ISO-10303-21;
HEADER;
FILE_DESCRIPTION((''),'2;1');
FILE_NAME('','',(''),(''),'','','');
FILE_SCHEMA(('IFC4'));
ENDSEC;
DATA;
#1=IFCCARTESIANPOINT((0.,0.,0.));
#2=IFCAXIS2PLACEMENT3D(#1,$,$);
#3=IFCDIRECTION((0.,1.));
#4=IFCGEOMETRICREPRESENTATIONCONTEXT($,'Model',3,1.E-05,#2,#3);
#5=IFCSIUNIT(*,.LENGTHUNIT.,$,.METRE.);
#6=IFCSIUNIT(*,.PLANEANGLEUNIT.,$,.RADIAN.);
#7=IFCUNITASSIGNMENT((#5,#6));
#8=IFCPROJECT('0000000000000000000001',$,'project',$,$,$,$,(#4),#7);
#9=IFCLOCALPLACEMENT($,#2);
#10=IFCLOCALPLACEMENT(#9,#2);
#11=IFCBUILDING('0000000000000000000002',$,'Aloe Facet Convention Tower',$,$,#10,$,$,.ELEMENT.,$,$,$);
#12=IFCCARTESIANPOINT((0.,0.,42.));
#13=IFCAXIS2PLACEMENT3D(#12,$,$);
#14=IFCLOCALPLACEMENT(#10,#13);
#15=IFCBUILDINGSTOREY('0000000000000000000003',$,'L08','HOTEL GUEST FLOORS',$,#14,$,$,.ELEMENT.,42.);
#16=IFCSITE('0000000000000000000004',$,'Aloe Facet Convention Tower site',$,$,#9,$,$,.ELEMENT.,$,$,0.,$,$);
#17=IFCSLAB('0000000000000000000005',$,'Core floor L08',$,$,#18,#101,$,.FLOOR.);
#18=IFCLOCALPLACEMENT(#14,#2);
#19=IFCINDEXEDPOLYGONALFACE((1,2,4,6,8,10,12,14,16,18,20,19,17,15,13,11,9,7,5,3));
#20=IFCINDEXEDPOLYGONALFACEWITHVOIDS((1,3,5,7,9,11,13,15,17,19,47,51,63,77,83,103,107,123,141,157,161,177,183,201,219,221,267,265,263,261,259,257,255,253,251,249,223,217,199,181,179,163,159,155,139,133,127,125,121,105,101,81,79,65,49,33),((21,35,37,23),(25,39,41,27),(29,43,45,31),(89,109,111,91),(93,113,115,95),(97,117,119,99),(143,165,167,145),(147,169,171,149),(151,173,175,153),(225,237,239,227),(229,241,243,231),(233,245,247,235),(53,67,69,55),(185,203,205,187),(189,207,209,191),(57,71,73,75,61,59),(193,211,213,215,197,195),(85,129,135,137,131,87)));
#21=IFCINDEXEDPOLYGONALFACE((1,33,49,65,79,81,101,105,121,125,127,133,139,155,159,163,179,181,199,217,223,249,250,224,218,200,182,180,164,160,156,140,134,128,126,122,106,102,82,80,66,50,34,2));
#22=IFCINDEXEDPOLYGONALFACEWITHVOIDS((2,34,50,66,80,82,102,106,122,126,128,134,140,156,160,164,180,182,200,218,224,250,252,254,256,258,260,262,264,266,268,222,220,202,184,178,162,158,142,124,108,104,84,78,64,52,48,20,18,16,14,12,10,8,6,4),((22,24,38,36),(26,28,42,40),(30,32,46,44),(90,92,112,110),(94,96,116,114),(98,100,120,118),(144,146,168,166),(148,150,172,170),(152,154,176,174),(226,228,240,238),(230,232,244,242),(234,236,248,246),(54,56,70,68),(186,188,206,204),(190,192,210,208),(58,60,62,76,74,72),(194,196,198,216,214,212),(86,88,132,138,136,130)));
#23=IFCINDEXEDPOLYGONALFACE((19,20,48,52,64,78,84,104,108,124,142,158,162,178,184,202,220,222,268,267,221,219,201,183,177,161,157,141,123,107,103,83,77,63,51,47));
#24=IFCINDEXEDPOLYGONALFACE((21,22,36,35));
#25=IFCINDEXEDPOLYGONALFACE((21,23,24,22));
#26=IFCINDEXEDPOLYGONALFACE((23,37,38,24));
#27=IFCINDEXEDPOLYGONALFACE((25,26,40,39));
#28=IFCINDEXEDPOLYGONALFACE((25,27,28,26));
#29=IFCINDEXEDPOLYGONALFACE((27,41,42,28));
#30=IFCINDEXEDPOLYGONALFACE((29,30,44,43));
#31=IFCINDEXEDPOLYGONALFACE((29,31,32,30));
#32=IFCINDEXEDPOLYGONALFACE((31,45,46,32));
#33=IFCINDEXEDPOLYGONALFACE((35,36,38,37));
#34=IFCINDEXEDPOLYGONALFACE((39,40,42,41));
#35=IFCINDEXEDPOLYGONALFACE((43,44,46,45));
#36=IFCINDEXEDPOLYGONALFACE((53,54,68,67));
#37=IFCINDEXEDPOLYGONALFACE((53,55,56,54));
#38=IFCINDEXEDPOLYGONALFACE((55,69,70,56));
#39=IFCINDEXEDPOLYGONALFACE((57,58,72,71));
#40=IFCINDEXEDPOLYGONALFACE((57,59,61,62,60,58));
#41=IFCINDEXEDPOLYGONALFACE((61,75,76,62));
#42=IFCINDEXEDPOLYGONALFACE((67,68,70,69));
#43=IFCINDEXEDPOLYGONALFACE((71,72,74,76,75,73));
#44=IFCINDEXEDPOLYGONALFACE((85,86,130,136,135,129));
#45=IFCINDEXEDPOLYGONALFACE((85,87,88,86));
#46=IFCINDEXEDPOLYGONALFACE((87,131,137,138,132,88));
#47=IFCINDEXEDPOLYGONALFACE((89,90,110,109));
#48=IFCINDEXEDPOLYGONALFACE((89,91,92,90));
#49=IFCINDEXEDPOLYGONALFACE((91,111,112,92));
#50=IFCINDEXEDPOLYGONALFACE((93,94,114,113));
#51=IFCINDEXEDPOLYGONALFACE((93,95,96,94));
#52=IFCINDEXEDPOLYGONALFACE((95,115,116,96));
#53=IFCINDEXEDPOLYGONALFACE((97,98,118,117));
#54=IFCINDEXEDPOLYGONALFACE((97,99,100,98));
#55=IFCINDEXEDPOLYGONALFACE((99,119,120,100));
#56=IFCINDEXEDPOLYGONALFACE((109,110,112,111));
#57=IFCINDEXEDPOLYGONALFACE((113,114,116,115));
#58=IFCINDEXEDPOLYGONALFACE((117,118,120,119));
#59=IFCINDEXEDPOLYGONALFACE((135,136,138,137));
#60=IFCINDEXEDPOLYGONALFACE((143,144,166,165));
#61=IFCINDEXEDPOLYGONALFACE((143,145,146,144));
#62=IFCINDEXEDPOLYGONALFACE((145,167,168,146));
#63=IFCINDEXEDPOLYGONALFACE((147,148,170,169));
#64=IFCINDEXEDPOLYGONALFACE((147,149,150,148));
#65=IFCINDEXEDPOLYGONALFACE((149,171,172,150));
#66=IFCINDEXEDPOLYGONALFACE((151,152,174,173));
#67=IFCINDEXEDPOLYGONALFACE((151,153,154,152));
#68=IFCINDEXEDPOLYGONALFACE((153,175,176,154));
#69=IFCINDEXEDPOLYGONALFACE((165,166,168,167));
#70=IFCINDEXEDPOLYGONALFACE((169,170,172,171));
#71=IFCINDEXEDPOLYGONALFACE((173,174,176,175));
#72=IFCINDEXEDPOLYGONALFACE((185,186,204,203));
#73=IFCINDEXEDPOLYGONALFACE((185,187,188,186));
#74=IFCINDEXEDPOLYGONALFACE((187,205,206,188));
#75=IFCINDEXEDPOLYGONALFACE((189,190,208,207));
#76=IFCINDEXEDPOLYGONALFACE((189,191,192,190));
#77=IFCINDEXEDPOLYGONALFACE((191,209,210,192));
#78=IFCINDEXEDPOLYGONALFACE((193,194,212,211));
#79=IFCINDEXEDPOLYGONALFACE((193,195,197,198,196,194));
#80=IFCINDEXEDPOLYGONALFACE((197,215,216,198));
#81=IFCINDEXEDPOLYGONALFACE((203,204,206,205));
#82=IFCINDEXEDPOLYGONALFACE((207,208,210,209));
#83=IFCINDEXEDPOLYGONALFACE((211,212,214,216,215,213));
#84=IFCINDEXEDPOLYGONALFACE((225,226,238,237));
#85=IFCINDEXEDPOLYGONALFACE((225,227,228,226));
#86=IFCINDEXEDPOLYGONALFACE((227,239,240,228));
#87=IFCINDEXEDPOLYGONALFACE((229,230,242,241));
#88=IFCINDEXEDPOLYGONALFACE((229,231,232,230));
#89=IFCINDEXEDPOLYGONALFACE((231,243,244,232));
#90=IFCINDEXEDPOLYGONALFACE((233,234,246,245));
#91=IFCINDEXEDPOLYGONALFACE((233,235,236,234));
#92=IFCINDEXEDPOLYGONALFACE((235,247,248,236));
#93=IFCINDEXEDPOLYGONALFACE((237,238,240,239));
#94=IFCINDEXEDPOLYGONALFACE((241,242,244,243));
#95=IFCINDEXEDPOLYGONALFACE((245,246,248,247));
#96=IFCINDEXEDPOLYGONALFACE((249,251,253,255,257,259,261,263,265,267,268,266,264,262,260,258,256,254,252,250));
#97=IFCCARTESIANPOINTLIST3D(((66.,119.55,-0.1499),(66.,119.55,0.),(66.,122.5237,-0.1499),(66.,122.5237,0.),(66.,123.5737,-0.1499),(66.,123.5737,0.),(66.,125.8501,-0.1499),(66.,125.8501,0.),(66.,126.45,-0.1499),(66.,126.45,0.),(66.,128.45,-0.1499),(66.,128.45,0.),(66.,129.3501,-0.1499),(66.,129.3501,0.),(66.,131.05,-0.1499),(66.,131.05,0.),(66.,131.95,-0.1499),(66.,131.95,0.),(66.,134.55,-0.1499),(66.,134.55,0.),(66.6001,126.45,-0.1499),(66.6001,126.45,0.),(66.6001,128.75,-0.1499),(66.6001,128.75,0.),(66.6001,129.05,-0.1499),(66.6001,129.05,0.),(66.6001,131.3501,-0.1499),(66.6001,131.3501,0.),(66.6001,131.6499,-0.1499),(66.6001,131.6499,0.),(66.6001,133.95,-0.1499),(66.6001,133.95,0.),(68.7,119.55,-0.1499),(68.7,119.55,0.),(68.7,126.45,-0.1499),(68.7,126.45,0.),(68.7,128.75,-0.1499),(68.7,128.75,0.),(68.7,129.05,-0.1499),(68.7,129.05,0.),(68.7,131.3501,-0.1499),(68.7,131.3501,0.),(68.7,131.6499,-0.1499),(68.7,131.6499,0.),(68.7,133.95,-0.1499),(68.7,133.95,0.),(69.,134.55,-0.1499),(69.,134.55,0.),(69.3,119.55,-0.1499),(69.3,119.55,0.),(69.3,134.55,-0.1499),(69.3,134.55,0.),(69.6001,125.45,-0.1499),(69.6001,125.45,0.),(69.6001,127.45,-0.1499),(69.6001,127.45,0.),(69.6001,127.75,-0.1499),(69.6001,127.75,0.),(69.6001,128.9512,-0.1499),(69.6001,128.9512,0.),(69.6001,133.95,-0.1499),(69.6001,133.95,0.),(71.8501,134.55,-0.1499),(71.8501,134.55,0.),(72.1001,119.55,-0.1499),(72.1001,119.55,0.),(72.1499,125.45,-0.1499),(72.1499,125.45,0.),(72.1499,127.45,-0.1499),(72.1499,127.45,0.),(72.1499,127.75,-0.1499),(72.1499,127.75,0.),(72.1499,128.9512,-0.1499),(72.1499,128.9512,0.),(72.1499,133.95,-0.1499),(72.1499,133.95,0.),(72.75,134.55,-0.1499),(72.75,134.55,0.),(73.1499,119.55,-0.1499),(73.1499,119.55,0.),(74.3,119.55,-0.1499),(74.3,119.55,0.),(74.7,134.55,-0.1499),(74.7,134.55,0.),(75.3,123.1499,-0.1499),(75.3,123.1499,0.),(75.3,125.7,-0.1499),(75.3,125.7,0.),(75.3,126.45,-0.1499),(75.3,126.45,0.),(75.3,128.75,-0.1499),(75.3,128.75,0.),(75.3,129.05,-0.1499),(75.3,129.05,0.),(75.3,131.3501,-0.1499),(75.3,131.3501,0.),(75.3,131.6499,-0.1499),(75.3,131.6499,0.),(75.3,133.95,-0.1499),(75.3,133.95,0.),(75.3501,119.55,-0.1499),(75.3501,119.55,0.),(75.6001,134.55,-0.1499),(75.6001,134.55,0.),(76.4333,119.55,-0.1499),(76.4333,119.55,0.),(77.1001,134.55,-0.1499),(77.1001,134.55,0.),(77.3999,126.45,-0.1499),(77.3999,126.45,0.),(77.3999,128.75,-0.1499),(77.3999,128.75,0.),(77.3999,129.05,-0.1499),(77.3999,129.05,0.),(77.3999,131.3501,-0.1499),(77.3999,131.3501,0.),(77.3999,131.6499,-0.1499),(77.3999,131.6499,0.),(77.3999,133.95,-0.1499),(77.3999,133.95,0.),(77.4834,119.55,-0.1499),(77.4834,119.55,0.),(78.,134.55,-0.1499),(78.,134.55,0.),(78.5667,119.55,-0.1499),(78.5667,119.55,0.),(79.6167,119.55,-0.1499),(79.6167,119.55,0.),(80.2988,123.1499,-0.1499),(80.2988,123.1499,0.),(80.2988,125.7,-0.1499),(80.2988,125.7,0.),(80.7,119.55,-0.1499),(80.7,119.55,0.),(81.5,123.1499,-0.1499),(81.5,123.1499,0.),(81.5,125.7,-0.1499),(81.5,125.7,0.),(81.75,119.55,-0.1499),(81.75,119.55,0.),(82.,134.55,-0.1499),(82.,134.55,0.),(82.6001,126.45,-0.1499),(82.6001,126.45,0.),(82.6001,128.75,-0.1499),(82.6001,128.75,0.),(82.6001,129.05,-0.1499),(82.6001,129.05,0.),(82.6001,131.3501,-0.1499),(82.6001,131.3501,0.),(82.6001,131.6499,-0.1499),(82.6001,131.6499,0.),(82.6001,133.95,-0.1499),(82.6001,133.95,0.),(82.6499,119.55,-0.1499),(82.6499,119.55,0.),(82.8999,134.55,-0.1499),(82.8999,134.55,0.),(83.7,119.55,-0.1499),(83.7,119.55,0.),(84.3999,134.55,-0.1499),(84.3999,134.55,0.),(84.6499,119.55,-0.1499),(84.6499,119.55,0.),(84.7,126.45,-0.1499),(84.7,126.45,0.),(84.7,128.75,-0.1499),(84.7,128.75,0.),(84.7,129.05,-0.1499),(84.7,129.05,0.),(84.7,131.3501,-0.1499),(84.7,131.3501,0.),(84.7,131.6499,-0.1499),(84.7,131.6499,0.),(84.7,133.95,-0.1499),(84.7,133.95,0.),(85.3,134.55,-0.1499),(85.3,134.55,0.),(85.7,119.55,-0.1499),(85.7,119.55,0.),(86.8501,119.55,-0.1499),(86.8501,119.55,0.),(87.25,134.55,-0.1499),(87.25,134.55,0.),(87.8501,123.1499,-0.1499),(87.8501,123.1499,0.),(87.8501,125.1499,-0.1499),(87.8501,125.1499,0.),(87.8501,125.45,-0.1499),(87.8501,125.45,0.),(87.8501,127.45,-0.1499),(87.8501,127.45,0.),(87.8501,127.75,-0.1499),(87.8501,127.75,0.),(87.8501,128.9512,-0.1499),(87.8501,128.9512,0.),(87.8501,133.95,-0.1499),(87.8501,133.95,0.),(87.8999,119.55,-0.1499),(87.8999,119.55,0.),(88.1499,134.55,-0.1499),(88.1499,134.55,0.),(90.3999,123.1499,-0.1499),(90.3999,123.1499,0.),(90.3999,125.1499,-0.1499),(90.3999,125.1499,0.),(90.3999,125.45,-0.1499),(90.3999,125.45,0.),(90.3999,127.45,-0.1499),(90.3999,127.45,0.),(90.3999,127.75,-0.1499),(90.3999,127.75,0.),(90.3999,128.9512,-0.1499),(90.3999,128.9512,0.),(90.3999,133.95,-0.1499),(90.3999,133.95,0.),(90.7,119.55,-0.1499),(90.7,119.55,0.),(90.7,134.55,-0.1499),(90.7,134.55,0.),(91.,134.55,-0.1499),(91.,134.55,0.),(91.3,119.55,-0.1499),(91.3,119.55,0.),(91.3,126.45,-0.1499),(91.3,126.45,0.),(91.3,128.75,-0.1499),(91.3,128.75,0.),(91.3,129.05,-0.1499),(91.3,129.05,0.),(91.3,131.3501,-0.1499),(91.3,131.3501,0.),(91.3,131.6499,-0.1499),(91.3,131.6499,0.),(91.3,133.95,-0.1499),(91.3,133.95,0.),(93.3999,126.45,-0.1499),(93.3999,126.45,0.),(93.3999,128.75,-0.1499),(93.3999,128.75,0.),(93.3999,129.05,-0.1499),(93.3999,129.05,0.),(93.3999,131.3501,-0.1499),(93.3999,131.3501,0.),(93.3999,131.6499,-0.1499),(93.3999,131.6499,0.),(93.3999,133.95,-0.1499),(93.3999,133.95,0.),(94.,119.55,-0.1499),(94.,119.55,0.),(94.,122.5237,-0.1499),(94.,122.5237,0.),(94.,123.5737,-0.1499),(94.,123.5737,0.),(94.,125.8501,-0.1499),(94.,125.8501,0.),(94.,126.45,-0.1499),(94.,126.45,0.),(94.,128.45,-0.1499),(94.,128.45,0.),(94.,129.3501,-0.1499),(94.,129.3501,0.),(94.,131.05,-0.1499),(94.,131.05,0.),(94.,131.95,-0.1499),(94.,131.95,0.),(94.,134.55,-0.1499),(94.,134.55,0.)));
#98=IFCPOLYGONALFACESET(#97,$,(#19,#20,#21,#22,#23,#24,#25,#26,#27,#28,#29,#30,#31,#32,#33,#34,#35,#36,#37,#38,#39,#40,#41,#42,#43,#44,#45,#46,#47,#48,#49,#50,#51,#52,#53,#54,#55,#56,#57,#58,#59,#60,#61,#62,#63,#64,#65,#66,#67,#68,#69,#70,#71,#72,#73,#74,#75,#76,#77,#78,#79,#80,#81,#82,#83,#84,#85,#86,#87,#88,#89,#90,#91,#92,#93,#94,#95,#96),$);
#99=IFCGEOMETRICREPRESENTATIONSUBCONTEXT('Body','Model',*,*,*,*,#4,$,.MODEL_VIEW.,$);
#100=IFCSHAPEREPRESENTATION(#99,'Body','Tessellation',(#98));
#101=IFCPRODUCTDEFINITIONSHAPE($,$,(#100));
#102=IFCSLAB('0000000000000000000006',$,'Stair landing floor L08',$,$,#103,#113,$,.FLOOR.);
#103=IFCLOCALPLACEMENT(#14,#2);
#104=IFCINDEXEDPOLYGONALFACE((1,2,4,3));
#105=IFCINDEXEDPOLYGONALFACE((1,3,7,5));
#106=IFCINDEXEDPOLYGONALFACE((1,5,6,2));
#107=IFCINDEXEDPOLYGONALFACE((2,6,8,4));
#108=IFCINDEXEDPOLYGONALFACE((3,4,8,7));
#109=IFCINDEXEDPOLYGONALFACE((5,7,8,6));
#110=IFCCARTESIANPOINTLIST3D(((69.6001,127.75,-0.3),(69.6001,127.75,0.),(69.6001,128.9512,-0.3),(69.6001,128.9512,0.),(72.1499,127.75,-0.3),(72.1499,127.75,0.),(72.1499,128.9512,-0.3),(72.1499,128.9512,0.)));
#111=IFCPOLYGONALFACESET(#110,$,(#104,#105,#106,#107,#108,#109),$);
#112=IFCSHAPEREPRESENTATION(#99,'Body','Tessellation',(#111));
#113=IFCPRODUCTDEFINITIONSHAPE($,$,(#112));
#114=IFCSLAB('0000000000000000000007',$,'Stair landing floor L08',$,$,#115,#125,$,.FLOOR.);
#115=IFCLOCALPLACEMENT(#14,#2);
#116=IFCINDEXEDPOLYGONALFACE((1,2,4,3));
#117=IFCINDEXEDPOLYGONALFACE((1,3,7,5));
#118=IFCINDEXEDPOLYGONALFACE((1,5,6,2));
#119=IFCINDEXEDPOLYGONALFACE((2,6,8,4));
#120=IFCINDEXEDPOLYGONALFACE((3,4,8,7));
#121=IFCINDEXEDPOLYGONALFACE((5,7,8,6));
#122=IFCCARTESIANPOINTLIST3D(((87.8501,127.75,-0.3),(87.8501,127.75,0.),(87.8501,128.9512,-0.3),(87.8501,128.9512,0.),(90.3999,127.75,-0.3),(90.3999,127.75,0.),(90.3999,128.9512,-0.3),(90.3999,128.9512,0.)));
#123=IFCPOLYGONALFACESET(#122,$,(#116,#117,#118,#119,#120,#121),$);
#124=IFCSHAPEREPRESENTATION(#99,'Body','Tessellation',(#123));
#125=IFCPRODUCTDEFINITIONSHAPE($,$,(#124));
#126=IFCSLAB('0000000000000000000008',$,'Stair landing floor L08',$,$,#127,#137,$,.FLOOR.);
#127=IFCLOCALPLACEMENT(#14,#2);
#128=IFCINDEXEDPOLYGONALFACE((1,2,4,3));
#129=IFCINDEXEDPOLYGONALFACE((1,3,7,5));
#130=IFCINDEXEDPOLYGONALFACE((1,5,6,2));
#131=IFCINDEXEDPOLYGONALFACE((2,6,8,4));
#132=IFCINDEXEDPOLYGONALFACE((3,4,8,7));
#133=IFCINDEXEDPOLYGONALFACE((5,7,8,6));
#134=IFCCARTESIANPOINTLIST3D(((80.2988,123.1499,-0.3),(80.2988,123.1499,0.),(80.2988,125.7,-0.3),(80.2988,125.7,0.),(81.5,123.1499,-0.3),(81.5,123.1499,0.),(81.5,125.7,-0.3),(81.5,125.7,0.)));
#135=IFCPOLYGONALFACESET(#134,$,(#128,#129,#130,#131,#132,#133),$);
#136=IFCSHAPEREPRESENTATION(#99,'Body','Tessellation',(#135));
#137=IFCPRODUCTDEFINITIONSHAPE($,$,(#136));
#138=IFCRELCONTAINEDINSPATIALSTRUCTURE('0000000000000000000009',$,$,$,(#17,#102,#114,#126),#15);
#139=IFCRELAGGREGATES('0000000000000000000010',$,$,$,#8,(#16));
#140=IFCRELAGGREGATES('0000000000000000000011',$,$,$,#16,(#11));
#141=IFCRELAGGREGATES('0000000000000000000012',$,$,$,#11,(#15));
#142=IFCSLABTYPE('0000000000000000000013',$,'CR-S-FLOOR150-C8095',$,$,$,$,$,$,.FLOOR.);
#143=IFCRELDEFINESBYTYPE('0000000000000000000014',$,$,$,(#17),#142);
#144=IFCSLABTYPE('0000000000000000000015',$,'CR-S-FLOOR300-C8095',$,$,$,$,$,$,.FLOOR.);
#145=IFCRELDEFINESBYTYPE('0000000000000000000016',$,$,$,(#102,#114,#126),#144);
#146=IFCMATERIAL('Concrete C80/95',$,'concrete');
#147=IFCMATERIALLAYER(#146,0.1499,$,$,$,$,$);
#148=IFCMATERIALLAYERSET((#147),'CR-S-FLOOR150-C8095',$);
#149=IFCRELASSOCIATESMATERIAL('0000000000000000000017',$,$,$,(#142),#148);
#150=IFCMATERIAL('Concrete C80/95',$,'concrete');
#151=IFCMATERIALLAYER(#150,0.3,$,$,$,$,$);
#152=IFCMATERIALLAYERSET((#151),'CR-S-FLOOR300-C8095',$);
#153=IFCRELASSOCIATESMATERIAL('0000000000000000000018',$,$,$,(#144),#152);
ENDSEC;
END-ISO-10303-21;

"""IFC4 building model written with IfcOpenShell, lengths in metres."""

from ifc_helpers import new_model, si_unit, direction, frame, origin, place, context, subcontext, project, spatial, polyline, outline, extrude, material, layer, layer_set, type_object, element, save


model = new_model("IFC4")

# Units and contexts
model_context = context("Model", 3, precision=1e-05, world=origin(), true_north=direction((0.0, 1.0)))
body_context = subcontext(model_context, "Body", "Model", "MODEL_VIEW")
ifc_project = project(units=[si_unit("LENGTHUNIT", "METRE"), si_unit("PLANEANGLEUNIT", "RADIAN")], contexts=[model_context])

# Site, building, storey
site_placement = place(None, origin())
site = spatial("IfcSite", under=ifc_project, at=site_placement, Name="Aloe Facet Convention Tower site", CompositionType="ELEMENT", RefElevation=0.0)
building_placement = place(site_placement, origin())
building = spatial("IfcBuilding", under=site, at=building_placement, Name="Aloe Facet Convention Tower", CompositionType="ELEMENT")
storey_placement = place(building_placement, frame((0.0, 0.0, 42.0)))
storey = spatial("IfcBuildingStorey", under=building, at=storey_placement, Name="L08", Description="HOTEL GUEST FLOORS", CompositionType="ELEMENT", Elevation=42.0)

# Slabs
ifc_material_1 = material(Name="Concrete C80/95", Category="concrete")
ifc_layer_1 = layer(ifc_material_1, 0.1499)
ifc_layer_set_1 = layer_set([ifc_layer_1], Name="CR-S-FLOOR150-C8095")
slab_type_1 = type_object("IfcSlabType", Name="CR-S-FLOOR150-C8095", PredefinedType="FLOOR", material=ifc_layer_set_1)
slab_1_placement = place(storey_placement, frame((0.0, 0.0, -0.1499)))
element("IfcSlab", 1, at=slab_1_placement, inside=storey, type_object=slab_type_1, Name="Core floor L08", PredefinedType="FLOOR", context=body_context, shape_type="SweptSolid", body=[
    extrude(outline(polyline([(69.3, 134.55), (71.8501, 134.55), (72.75, 134.55), (74.7, 134.55), (75.6001, 134.55), (77.1001, 134.55), (78.0, 134.55), (82.0, 134.55), (82.8999, 134.55), (84.3999, 134.55), (85.3, 134.55), (87.25, 134.55), (88.1499, 134.55), (90.7, 134.55), (91.0, 134.55), (94.0, 134.55), (94.0, 131.95), (94.0, 131.05), (94.0, 129.3501), (94.0, 128.45), (94.0, 126.45), (94.0, 125.8501), (94.0, 123.5737), (94.0, 122.5237), (94.0, 119.55), (91.3, 119.55), (90.7, 119.55), (87.8999, 119.55), (86.8501, 119.55), (85.7, 119.55), (84.6499, 119.55), (83.7, 119.55), (82.6499, 119.55), (81.75, 119.55), (80.7, 119.55), (79.6167, 119.55), (78.5667, 119.55), (77.4834, 119.55), (76.4333, 119.55), (75.3501, 119.55), (74.3, 119.55), (73.1499, 119.55), (72.1001, 119.55), (69.3, 119.55), (68.7, 119.55), (66.0, 119.55), (66.0, 122.5237), (66.0, 123.5737), (66.0, 125.8501), (66.0, 126.45), (66.0, 128.45), (66.0, 129.3501), (66.0, 131.05), (66.0, 131.95), (66.0, 134.55), (69.0, 134.55), (69.3, 134.55)]), holes=[polyline([(75.3, 123.1499), (80.2988, 123.1499), (81.5, 123.1499), (81.5, 125.7), (80.2988, 125.7), (75.3, 125.7), (75.3, 123.1499)]), polyline([(69.6001, 125.45), (72.1499, 125.45), (72.1499, 127.45), (69.6001, 127.45), (69.6001, 125.45)]), polyline([(66.6001, 126.45), (68.7, 126.45), (68.7, 128.75), (66.6001, 128.75), (66.6001, 126.45)]), polyline([(75.3, 126.45), (77.3999, 126.45), (77.3999, 128.75), (75.3, 128.75), (75.3, 126.45)]), polyline([(66.6001, 129.05), (68.7, 129.05), (68.7, 131.3501), (66.6001, 131.3501), (66.6001, 129.05)]), polyline([(75.3, 129.05), (77.3999, 129.05), (77.3999, 131.3501), (75.3, 131.3501), (75.3, 129.05)]), polyline([(69.6001, 133.95), (69.6001, 128.9512), (69.6001, 127.75), (72.1499, 127.75), (72.1499, 128.9512), (72.1499, 133.95), (69.6001, 133.95)]), polyline([(66.6001, 133.95), (66.6001, 131.6499), (68.7, 131.6499), (68.7, 133.95), (66.6001, 133.95)]), polyline([(75.3, 133.95), (75.3, 131.6499), (77.3999, 131.6499), (77.3999, 133.95), (75.3, 133.95)]), polyline([(87.8501, 123.1499), (90.3999, 123.1499), (90.3999, 125.1499), (87.8501, 125.1499), (87.8501, 123.1499)]), polyline([(87.8501, 125.45), (90.3999, 125.45), (90.3999, 127.45), (87.8501, 127.45), (87.8501, 125.45)]), polyline([(82.6001, 126.45), (84.7, 126.45), (84.7, 128.75), (82.6001, 128.75), (82.6001, 126.45)]), polyline([(91.3, 126.45), (93.3999, 126.45), (93.3999, 128.75), (91.3, 128.75), (91.3, 126.45)]), polyline([(82.6001, 129.05), (84.7, 129.05), (84.7, 131.3501), (82.6001, 131.3501), (82.6001, 129.05)]), polyline([(91.3, 129.05), (93.3999, 129.05), (93.3999, 131.3501), (91.3, 131.3501), (91.3, 129.05)]), polyline([(87.8501, 133.95), (87.8501, 128.9512), (87.8501, 127.75), (90.3999, 127.75), (90.3999, 128.9512), (90.3999, 133.95), (87.8501, 133.95)]), polyline([(82.6001, 133.95), (82.6001, 131.6499), (84.7, 131.6499), (84.7, 133.95), (82.6001, 133.95)]), polyline([(91.3, 133.95), (91.3, 131.6499), (93.3999, 131.6499), (93.3999, 133.95), (91.3, 133.95)])]), origin(), (0.0, 0.0, 1.0), 0.1499),
])
ifc_material_2 = material(Name="Concrete C80/95", Category="concrete")
ifc_layer_2 = layer(ifc_material_2, 0.3)
ifc_layer_set_2 = layer_set([ifc_layer_2], Name="CR-S-FLOOR300-C8095")
slab_type_2 = type_object("IfcSlabType", Name="CR-S-FLOOR300-C8095", PredefinedType="FLOOR", material=ifc_layer_set_2)
slab_2_placement = place(storey_placement, frame((0.0, 0.0, -0.3)))
element("IfcSlab", 2, at=slab_2_placement, inside=storey, type_object=slab_type_2, Name="Stair landing floor L08", PredefinedType="FLOOR", context=body_context, shape_type="SweptSolid", body=[
    extrude(outline(polyline([(72.1499, 127.75), (72.1499, 128.9512), (69.6001, 128.9512), (69.6001, 127.75), (72.1499, 127.75)])), origin(), (0.0, 0.0, 1.0), 0.3),
])
slab_3_placement = place(storey_placement, frame((0.0, 0.0, -0.3)))
element("IfcSlab", 3, at=slab_3_placement, inside=storey, type_object=slab_type_2, Name="Stair landing floor L08", PredefinedType="FLOOR", context=body_context, shape_type="SweptSolid", body=[
    extrude(outline(polyline([(90.3999, 127.75), (90.3999, 128.9512), (87.8501, 128.9512), (87.8501, 127.75), (90.3999, 127.75)])), origin(), (0.0, 0.0, 1.0), 0.3),
])
slab_4_placement = place(storey_placement, frame((0.0, 0.0, -0.3)))
element("IfcSlab", 4, at=slab_4_placement, inside=storey, type_object=slab_type_2, Name="Stair landing floor L08", PredefinedType="FLOOR", context=body_context, shape_type="SweptSolid", body=[
    extrude(outline(polyline([(81.5, 125.7), (80.2988, 125.7), (80.2988, 123.1499), (81.5, 123.1499), (81.5, 125.7)])), origin(), (0.0, 0.0, 1.0), 0.3),
])

save(model, "model.ifc")
